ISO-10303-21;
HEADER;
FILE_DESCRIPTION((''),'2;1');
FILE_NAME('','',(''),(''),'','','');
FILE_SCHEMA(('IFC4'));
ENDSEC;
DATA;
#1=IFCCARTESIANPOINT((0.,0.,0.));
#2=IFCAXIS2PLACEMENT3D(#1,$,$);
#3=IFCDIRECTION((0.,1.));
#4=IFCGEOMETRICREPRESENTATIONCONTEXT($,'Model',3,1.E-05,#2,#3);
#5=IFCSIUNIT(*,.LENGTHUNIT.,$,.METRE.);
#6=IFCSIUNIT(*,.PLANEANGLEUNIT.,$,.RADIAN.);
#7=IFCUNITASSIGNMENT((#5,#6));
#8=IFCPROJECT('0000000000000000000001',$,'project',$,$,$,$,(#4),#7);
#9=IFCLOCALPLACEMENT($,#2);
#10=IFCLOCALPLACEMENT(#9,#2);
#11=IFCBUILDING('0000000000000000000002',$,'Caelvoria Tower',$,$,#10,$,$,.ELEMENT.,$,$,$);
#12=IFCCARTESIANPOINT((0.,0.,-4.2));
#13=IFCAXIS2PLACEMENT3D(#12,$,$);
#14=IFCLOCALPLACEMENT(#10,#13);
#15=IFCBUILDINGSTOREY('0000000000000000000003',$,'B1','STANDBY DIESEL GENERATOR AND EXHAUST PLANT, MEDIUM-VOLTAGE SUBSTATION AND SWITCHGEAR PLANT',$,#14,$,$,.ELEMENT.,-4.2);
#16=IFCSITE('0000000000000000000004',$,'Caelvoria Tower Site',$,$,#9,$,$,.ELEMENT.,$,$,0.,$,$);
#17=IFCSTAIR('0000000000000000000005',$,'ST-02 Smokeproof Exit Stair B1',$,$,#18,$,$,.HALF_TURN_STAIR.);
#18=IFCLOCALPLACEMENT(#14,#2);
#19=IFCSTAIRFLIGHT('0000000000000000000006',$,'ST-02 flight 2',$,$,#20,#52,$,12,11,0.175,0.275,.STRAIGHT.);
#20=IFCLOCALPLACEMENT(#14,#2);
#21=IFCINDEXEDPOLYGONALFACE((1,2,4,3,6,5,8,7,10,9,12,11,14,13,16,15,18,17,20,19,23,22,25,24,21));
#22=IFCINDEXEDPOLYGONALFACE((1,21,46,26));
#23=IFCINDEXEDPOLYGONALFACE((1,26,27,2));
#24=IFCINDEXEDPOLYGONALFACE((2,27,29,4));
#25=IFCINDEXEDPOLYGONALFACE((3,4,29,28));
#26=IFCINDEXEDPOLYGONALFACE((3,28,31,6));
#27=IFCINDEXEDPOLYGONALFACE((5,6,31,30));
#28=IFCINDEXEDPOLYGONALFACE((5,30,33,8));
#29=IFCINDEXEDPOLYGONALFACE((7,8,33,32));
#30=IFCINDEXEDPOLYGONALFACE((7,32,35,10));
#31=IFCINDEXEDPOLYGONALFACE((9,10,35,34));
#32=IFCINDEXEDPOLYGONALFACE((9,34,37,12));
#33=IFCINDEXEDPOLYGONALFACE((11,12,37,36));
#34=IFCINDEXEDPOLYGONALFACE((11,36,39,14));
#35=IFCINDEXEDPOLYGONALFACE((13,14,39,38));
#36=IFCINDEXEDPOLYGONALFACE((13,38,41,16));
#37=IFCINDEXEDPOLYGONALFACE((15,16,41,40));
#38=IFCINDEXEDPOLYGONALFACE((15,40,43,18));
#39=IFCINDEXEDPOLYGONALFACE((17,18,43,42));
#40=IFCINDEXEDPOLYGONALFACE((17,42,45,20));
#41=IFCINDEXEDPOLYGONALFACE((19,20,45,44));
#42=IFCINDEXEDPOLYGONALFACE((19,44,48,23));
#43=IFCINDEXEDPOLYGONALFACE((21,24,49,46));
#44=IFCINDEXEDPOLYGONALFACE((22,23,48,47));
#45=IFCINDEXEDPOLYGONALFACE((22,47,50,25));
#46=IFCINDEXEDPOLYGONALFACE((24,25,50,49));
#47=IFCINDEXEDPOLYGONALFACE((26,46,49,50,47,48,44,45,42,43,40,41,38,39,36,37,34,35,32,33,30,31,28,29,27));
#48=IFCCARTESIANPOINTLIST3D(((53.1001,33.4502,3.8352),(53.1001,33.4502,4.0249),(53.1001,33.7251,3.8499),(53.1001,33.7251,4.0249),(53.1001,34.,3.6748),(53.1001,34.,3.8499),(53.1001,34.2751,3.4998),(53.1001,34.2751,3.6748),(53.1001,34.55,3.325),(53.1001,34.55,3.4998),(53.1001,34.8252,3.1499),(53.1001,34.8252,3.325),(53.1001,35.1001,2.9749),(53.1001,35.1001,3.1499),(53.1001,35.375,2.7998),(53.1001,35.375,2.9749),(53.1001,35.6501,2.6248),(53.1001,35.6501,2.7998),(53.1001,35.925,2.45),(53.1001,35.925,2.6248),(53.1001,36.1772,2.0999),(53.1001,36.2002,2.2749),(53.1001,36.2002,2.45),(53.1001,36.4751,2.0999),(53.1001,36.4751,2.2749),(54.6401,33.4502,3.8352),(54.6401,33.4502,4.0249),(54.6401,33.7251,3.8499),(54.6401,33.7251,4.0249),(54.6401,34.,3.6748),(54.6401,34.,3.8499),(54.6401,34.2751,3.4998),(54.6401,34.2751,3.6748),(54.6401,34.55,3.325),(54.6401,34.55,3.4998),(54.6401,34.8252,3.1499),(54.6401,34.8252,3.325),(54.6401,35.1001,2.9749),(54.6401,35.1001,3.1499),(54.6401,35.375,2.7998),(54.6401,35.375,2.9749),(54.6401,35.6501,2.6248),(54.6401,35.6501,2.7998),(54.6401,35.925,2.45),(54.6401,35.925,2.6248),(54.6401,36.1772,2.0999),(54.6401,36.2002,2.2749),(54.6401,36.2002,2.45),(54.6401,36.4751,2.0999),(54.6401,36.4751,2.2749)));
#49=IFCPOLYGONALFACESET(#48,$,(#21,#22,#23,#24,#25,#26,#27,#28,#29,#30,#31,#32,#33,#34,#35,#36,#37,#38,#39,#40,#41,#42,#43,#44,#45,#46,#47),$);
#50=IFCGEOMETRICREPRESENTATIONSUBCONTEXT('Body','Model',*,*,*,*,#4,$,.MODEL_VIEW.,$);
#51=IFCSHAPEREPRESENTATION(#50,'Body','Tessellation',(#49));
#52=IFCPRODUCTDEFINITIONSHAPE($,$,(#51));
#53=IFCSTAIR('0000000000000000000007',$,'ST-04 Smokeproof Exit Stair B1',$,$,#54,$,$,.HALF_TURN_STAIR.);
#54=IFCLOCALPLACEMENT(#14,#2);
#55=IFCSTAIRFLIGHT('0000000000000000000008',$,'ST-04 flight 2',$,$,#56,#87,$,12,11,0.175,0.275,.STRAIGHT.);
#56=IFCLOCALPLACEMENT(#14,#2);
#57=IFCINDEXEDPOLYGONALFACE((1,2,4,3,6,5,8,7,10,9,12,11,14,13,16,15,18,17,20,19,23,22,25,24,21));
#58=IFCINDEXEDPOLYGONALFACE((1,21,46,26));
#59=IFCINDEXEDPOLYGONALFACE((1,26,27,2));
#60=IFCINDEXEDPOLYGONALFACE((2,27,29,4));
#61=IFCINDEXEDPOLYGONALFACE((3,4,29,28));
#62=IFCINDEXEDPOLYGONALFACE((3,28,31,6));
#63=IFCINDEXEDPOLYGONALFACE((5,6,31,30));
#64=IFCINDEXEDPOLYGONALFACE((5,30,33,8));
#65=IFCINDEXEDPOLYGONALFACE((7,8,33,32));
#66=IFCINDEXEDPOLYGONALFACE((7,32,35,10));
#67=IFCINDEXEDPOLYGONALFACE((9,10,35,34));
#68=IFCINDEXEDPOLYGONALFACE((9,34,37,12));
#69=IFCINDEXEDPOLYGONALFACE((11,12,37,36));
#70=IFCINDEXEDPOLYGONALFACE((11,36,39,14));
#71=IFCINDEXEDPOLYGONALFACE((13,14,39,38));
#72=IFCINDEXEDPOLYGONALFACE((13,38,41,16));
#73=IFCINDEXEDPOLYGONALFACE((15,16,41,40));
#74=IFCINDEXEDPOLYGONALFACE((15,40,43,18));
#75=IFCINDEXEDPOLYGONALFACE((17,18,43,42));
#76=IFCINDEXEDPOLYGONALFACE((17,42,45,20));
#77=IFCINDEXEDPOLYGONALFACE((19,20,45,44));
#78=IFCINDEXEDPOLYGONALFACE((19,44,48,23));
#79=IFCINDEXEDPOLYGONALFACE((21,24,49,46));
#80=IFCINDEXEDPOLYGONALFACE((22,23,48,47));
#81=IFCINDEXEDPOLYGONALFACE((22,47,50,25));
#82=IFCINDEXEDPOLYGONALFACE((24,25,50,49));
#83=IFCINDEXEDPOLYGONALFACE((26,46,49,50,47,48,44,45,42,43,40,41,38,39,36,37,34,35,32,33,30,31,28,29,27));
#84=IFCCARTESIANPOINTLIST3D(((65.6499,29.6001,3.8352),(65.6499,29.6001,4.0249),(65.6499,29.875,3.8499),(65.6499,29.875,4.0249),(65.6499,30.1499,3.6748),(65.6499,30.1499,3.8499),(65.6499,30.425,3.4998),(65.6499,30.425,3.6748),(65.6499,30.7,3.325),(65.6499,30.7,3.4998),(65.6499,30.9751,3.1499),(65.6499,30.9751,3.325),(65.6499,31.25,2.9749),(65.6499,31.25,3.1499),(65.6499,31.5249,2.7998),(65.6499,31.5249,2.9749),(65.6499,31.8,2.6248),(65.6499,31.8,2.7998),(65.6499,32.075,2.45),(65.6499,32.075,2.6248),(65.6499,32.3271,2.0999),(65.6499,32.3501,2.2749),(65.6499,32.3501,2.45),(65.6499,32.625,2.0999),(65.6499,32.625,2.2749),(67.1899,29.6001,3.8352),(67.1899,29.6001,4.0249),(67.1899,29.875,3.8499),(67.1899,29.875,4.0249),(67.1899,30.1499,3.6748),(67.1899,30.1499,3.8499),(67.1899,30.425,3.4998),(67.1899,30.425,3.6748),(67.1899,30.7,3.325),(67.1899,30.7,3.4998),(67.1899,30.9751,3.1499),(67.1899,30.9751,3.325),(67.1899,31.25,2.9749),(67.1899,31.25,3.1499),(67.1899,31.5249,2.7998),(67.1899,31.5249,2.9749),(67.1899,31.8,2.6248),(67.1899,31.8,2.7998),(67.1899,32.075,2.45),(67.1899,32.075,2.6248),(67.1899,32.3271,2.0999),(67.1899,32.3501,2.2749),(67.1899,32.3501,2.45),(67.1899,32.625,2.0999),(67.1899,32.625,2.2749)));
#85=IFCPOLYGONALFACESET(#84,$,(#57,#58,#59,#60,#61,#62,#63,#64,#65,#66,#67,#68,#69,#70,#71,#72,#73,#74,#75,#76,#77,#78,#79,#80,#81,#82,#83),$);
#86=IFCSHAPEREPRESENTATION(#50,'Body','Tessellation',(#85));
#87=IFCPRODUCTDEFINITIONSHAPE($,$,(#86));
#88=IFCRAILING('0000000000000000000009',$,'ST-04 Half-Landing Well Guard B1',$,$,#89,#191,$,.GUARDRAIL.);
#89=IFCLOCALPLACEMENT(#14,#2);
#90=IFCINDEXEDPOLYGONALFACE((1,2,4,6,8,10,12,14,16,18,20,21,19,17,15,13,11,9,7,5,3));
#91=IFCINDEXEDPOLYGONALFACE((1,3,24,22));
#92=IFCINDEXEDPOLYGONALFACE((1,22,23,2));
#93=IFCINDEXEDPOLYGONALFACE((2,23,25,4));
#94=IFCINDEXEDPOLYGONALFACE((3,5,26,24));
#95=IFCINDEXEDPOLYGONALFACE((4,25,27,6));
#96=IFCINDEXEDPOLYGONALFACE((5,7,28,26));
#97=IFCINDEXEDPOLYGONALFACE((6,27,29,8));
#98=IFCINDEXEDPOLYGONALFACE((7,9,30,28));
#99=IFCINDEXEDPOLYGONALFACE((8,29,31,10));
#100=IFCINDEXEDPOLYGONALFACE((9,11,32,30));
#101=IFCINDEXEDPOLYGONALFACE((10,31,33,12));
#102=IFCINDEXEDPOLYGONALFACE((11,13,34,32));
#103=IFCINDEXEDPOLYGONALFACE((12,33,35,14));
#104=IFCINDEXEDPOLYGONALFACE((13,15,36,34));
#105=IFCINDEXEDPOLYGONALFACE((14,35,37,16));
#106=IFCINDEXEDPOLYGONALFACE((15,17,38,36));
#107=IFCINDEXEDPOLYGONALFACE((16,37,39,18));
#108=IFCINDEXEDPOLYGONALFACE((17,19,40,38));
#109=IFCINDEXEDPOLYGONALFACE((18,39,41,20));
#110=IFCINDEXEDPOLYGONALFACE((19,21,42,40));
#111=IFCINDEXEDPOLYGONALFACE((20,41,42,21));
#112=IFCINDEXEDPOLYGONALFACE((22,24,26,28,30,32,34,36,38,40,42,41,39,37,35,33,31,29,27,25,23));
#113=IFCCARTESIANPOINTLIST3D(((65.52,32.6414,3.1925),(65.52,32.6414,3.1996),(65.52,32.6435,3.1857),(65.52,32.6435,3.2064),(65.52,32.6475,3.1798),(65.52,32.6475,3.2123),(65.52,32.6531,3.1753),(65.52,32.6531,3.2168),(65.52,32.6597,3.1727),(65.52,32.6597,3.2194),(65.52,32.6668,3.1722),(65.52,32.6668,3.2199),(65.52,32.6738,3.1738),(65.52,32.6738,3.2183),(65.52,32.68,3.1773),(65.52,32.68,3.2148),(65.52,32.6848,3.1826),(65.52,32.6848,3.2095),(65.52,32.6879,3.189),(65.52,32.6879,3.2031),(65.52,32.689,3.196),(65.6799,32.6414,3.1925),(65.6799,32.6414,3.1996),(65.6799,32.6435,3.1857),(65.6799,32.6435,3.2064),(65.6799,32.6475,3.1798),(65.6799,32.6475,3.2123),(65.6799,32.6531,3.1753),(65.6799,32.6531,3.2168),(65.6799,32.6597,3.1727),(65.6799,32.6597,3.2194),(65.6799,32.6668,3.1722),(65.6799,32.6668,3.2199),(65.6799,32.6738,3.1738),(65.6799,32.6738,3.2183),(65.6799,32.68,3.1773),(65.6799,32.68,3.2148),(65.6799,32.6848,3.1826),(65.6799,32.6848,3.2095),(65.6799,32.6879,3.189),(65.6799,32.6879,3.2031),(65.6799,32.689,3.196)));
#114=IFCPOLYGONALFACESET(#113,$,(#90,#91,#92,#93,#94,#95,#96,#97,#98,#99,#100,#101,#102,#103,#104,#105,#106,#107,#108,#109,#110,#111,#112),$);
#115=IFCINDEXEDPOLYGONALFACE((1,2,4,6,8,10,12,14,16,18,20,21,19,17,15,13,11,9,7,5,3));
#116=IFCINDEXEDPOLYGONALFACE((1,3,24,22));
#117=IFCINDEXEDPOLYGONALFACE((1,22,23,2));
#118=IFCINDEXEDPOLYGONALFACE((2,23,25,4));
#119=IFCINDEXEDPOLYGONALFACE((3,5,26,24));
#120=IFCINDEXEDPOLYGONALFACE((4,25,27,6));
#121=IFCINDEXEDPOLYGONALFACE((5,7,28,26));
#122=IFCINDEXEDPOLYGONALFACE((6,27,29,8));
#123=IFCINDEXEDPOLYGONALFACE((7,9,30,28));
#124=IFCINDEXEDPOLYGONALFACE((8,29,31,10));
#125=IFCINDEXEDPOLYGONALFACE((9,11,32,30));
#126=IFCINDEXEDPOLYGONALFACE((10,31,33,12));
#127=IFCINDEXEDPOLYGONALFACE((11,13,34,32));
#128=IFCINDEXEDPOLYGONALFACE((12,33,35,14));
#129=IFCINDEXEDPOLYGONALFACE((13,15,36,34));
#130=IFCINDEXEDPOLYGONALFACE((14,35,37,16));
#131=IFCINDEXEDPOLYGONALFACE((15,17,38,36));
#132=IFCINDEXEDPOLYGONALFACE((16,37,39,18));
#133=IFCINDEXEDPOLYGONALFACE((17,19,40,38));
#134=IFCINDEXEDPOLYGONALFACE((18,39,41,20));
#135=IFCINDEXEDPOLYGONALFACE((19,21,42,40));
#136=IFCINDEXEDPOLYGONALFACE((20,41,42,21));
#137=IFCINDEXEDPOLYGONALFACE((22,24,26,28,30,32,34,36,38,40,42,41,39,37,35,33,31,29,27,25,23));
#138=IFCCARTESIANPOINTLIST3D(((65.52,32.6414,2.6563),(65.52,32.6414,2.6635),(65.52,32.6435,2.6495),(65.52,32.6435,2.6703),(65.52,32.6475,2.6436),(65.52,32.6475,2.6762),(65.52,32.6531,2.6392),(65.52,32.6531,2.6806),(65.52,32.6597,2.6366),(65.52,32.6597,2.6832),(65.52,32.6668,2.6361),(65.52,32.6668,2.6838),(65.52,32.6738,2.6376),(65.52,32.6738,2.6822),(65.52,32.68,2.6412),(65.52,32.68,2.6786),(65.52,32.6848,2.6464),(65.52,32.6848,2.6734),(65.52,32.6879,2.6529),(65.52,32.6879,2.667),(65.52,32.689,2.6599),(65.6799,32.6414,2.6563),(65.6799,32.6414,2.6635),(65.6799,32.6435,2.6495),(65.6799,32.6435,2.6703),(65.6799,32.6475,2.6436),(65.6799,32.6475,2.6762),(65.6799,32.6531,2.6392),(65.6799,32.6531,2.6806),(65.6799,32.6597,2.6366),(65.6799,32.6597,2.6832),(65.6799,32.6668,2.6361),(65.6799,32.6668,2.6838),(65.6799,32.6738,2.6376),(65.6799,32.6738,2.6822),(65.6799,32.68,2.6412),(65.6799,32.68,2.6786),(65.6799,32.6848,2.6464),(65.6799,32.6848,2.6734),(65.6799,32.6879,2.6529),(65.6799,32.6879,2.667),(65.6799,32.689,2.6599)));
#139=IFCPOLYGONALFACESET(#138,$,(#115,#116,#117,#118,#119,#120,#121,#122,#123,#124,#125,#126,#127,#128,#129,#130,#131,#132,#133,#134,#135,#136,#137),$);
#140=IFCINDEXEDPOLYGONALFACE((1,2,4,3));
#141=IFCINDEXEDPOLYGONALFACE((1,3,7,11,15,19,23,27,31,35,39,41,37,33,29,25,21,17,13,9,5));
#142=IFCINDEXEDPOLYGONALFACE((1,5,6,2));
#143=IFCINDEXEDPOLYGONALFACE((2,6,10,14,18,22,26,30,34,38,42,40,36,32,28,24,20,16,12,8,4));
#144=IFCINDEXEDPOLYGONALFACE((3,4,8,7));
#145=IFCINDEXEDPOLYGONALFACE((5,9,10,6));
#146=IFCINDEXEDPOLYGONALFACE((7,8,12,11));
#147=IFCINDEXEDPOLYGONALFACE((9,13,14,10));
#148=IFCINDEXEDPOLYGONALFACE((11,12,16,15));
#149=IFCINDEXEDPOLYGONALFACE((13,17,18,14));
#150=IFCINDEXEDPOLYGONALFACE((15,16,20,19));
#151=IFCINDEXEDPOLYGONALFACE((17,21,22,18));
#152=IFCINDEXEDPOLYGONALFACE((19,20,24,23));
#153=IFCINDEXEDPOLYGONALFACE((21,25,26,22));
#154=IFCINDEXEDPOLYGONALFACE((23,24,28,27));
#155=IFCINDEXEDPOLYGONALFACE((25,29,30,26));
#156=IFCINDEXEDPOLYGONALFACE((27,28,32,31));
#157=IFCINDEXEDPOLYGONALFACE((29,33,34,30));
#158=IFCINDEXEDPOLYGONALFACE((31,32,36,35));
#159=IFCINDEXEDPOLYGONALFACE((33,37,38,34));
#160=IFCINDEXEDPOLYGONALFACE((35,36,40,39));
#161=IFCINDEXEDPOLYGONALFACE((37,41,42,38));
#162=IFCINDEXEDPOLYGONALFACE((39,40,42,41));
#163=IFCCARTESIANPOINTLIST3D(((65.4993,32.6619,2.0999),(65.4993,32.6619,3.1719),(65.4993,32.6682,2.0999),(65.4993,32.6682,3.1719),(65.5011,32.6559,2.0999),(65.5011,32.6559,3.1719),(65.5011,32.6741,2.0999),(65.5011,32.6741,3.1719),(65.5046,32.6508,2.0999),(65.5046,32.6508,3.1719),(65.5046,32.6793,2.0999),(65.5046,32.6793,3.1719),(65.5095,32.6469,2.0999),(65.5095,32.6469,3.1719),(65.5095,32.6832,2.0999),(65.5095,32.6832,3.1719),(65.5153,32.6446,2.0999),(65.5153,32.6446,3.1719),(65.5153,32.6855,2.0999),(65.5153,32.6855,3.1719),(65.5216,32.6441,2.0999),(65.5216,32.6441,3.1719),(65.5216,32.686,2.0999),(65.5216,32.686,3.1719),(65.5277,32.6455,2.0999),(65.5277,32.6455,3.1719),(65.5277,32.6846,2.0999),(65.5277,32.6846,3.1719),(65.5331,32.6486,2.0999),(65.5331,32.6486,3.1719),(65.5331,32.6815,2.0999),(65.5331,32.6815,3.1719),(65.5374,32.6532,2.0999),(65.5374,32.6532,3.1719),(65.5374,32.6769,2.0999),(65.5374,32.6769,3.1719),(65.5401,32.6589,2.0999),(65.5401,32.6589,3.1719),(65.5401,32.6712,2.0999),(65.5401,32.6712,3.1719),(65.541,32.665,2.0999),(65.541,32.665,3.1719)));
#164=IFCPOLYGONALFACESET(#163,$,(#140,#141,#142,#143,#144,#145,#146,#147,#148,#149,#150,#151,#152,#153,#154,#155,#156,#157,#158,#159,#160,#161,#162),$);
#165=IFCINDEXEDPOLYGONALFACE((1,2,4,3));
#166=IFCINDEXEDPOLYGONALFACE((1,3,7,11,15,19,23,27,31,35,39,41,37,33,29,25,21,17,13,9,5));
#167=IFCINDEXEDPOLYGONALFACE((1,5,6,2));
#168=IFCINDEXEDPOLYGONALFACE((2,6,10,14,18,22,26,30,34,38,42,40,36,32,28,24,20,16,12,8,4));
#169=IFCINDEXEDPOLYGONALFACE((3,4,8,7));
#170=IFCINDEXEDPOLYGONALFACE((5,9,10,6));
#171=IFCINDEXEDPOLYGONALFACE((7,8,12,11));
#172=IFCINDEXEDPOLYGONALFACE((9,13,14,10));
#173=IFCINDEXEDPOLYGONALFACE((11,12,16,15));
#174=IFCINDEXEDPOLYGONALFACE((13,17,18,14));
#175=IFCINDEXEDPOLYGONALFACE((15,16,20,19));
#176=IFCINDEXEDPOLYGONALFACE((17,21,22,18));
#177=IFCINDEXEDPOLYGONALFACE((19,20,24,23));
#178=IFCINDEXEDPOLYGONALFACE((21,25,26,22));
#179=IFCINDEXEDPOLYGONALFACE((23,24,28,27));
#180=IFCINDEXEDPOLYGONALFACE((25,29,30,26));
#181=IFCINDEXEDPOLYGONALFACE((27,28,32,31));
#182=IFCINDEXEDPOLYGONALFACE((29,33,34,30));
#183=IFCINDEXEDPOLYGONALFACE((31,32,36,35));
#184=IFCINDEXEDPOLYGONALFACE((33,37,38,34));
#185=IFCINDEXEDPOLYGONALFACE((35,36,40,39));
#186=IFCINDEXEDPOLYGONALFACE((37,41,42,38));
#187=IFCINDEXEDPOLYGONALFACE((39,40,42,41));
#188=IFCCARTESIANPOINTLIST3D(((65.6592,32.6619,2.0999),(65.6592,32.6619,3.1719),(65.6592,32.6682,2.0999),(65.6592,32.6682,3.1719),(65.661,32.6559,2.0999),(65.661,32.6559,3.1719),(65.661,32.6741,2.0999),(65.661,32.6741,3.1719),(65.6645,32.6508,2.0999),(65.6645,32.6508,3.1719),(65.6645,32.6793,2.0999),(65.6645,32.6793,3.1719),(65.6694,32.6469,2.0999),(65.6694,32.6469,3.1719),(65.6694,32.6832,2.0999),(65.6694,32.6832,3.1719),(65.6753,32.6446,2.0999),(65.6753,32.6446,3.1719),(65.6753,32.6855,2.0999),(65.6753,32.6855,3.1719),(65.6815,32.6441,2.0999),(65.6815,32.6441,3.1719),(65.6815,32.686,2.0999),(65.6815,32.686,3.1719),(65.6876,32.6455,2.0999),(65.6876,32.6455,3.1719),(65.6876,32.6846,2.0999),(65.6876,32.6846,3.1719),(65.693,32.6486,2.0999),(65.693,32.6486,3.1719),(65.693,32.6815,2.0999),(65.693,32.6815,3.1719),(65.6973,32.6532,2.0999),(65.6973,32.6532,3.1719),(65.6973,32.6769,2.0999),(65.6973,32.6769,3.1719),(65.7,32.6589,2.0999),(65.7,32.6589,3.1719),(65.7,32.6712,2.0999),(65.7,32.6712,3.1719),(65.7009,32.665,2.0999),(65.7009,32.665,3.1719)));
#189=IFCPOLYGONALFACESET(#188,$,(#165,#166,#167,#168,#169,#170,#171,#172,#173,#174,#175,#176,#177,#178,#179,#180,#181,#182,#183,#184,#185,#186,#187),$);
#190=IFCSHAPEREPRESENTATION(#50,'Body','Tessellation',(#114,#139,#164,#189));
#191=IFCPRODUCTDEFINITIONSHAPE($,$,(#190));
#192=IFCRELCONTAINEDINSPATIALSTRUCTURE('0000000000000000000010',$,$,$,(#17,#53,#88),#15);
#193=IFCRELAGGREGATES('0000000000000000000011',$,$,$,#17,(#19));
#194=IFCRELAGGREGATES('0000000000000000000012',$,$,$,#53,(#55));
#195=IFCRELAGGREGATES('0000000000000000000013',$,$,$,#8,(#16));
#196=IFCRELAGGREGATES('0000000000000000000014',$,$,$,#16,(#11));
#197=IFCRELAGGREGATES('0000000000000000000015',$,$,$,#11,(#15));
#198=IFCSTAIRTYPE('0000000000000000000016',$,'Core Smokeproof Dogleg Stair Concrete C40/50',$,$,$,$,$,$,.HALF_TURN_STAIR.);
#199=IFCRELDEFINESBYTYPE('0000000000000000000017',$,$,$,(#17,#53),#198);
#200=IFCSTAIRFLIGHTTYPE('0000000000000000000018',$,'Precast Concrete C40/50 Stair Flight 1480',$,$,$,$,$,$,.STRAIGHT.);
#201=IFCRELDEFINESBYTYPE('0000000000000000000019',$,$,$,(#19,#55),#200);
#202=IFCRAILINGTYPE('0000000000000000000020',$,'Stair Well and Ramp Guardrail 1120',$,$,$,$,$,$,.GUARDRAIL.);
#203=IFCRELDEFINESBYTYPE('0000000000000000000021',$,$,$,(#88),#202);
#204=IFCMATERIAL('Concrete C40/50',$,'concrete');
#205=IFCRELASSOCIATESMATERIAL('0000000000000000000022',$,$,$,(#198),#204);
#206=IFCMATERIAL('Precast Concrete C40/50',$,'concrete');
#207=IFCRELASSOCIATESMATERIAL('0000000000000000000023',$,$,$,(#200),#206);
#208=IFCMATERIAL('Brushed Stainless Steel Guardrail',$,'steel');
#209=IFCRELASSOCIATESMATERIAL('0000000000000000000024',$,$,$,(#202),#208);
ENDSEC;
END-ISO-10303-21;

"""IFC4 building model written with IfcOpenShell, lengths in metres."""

from ifc_helpers import new_model, si_unit, direction, frame, origin, origin_2d, place, context, subcontext, project, spatial, polyline, circle, outline, extrude, material, type_object, element, aggregate, save


model = new_model("IFC4")

# Units and contexts
model_context = context("Model", 3, precision=1e-05, world=origin(), true_north=direction((0.0, 1.0)))
body_context = subcontext(model_context, "Body", "Model", "MODEL_VIEW")
ifc_project = project(units=[si_unit("LENGTHUNIT", "METRE"), si_unit("PLANEANGLEUNIT", "RADIAN")], contexts=[model_context])

# Site, building, storey
site_placement = place(None, origin())
site = spatial("IfcSite", under=ifc_project, at=site_placement, Name="Caelvoria Tower Site", CompositionType="ELEMENT", RefElevation=0.0)
building_placement = place(site_placement, origin())
building = spatial("IfcBuilding", under=site, at=building_placement, Name="Caelvoria Tower", CompositionType="ELEMENT")
storey_placement = place(building_placement, frame((0.0, 0.0, -4.2)))
storey = spatial("IfcBuildingStorey", under=building, at=storey_placement, Name="B1", Description="STANDBY DIESEL GENERATOR AND EXHAUST PLANT, MEDIUM-VOLTAGE SUBSTATION AND SWITCHGEAR PLANT", CompositionType="ELEMENT", Elevation=-4.2)

# Stairs, stair flights
ifc_material_1 = material(Name="Concrete C40/50", Category="concrete")
stair_type = type_object("IfcStairType", Name="Core Smokeproof Dogleg Stair Concrete C40/50", PredefinedType="HALF_TURN_STAIR", material=ifc_material_1)
stair_1_placement = place(storey_placement, origin())
stair_1 = element("IfcStair", 1, at=stair_1_placement, inside=storey, type_object=stair_type, Name="ST-02 Smokeproof Exit Stair B1", PredefinedType="HALF_TURN_STAIR")
ifc_material_2 = material(Name="Precast Concrete C40/50", Category="concrete")
stair_flight_type = type_object("IfcStairFlightType", Name="Precast Concrete C40/50 Stair Flight 1480", PredefinedType="STRAIGHT", material=ifc_material_2)
stair_flight_1_placement = place(storey_placement, frame((53.8701, 36.4751, 2.0999), z_axis=(0.0, 0.0, 1.0), x_axis=(0.0, -1.0, 0.0)))
stair_flight_1 = element("IfcStairFlight", 2, at=stair_flight_1_placement, type_object=stair_flight_type, Name="ST-02 flight 2", NumberOfRisers=12, NumberOfTreads=11, PredefinedType="STRAIGHT", RiserHeight=0.175, TreadLength=0.275, context=body_context, shape_type="SweptSolid", body=[
    extrude(outline(polyline([(0.0, 0.0), (0.0, 0.175), (0.2749, 0.175), (0.2749, 0.3501), (0.55, 0.3501), (0.55, 0.5249), (0.825, 0.5249), (0.825, 0.7), (1.1001, 0.7), (1.1001, 0.875), (1.375, 0.875), (1.375, 1.05), (1.6499, 1.05), (1.6499, 1.2251), (1.925, 1.2251), (1.925, 1.3999), (2.2, 1.3999), (2.2, 1.575), (2.4751, 1.575), (2.4751, 1.75), (2.75, 1.75), (2.75, 1.925), (3.0249, 1.925), (3.0249, 2.1001), (3.0249, 1.7354), (0.2979, 0.0), (0.0, 0.0)])), frame((0.0, 0.77, 0.0), z_axis=(0.0, -1.0, 0.0), x_axis=(1.0, 0.0, 0.0)), (0.0, 0.0, 1.0), 1.54),
])
aggregate(stair_1, [stair_flight_1])
stair_2_placement = place(storey_placement, origin())
stair_2 = element("IfcStair", 3, at=stair_2_placement, inside=storey, type_object=stair_type, Name="ST-04 Smokeproof Exit Stair B1", PredefinedType="HALF_TURN_STAIR")
stair_flight_2_placement = place(storey_placement, frame((66.4199, 32.625, 2.0999), z_axis=(0.0, 0.0, 1.0), x_axis=(0.0, -1.0, 0.0)))
stair_flight_2 = element("IfcStairFlight", 4, at=stair_flight_2_placement, type_object=stair_flight_type, Name="ST-04 flight 2", NumberOfRisers=12, NumberOfTreads=11, PredefinedType="STRAIGHT", RiserHeight=0.175, TreadLength=0.275, context=body_context, shape_type="SweptSolid", body=[
    extrude(outline(polyline([(0.0, 0.0), (0.0, 0.175), (0.2749, 0.175), (0.2749, 0.3501), (0.55, 0.3501), (0.55, 0.5249), (0.825, 0.5249), (0.825, 0.7), (1.1001, 0.7), (1.1001, 0.875), (1.375, 0.875), (1.375, 1.05), (1.6499, 1.05), (1.6499, 1.2251), (1.925, 1.2251), (1.925, 1.3999), (2.2, 1.3999), (2.2, 1.575), (2.4751, 1.575), (2.4751, 1.75), (2.75, 1.75), (2.75, 1.925), (3.0249, 1.925), (3.0249, 2.1001), (3.0249, 1.7354), (0.2979, 0.0), (0.0, 0.0)])), frame((0.0, 0.77, 0.0), z_axis=(0.0, -1.0, 0.0), x_axis=(1.0, 0.0, 0.0)), (0.0, 0.0, 1.0), 1.54),
])
aggregate(stair_2, [stair_flight_2])

# Railing
ifc_material_3 = material(Name="Brushed Stainless Steel Guardrail", Category="steel")
railing_type_1 = type_object("IfcRailingType", Name="Stair Well and Ramp Guardrail 1120", PredefinedType="GUARDRAIL", material=ifc_material_3)
railing_1_placement = place(storey_placement, frame((65.52, 32.665, 2.0999)))
element("IfcRailing", 5, at=railing_1_placement, inside=storey, type_object=railing_type_1, Name="ST-04 Half-Landing Well Guard B1", PredefinedType="GUARDRAIL", context=body_context, shape_type="SweptSolid", body=[
    extrude(circle(Radius=0.0239, at=origin_2d()), frame((0.0, 0.0, 1.0962), z_axis=(1.0, 0.0, 0.0), x_axis=(0.0, 1.0, 0.0)), (0.0, 0.0, 1.0), 0.1599),
    extrude(circle(Radius=0.0239, at=origin_2d()), frame((0.0, 0.0, 0.5601), z_axis=(1.0, 0.0, 0.0), x_axis=(0.0, 1.0, 0.0)), (0.0, 0.0, 1.0), 0.1599),
    extrude(circle(Radius=0.021, at=origin_2d()), origin(), (0.0, 0.0, 1.0), 1.072),
    extrude(circle(Radius=0.021, at=origin_2d()), frame((0.1599, 0.0, 0.0)), (0.0, 0.0, 1.0), 1.072),
])

save(model, "model.ifc")
